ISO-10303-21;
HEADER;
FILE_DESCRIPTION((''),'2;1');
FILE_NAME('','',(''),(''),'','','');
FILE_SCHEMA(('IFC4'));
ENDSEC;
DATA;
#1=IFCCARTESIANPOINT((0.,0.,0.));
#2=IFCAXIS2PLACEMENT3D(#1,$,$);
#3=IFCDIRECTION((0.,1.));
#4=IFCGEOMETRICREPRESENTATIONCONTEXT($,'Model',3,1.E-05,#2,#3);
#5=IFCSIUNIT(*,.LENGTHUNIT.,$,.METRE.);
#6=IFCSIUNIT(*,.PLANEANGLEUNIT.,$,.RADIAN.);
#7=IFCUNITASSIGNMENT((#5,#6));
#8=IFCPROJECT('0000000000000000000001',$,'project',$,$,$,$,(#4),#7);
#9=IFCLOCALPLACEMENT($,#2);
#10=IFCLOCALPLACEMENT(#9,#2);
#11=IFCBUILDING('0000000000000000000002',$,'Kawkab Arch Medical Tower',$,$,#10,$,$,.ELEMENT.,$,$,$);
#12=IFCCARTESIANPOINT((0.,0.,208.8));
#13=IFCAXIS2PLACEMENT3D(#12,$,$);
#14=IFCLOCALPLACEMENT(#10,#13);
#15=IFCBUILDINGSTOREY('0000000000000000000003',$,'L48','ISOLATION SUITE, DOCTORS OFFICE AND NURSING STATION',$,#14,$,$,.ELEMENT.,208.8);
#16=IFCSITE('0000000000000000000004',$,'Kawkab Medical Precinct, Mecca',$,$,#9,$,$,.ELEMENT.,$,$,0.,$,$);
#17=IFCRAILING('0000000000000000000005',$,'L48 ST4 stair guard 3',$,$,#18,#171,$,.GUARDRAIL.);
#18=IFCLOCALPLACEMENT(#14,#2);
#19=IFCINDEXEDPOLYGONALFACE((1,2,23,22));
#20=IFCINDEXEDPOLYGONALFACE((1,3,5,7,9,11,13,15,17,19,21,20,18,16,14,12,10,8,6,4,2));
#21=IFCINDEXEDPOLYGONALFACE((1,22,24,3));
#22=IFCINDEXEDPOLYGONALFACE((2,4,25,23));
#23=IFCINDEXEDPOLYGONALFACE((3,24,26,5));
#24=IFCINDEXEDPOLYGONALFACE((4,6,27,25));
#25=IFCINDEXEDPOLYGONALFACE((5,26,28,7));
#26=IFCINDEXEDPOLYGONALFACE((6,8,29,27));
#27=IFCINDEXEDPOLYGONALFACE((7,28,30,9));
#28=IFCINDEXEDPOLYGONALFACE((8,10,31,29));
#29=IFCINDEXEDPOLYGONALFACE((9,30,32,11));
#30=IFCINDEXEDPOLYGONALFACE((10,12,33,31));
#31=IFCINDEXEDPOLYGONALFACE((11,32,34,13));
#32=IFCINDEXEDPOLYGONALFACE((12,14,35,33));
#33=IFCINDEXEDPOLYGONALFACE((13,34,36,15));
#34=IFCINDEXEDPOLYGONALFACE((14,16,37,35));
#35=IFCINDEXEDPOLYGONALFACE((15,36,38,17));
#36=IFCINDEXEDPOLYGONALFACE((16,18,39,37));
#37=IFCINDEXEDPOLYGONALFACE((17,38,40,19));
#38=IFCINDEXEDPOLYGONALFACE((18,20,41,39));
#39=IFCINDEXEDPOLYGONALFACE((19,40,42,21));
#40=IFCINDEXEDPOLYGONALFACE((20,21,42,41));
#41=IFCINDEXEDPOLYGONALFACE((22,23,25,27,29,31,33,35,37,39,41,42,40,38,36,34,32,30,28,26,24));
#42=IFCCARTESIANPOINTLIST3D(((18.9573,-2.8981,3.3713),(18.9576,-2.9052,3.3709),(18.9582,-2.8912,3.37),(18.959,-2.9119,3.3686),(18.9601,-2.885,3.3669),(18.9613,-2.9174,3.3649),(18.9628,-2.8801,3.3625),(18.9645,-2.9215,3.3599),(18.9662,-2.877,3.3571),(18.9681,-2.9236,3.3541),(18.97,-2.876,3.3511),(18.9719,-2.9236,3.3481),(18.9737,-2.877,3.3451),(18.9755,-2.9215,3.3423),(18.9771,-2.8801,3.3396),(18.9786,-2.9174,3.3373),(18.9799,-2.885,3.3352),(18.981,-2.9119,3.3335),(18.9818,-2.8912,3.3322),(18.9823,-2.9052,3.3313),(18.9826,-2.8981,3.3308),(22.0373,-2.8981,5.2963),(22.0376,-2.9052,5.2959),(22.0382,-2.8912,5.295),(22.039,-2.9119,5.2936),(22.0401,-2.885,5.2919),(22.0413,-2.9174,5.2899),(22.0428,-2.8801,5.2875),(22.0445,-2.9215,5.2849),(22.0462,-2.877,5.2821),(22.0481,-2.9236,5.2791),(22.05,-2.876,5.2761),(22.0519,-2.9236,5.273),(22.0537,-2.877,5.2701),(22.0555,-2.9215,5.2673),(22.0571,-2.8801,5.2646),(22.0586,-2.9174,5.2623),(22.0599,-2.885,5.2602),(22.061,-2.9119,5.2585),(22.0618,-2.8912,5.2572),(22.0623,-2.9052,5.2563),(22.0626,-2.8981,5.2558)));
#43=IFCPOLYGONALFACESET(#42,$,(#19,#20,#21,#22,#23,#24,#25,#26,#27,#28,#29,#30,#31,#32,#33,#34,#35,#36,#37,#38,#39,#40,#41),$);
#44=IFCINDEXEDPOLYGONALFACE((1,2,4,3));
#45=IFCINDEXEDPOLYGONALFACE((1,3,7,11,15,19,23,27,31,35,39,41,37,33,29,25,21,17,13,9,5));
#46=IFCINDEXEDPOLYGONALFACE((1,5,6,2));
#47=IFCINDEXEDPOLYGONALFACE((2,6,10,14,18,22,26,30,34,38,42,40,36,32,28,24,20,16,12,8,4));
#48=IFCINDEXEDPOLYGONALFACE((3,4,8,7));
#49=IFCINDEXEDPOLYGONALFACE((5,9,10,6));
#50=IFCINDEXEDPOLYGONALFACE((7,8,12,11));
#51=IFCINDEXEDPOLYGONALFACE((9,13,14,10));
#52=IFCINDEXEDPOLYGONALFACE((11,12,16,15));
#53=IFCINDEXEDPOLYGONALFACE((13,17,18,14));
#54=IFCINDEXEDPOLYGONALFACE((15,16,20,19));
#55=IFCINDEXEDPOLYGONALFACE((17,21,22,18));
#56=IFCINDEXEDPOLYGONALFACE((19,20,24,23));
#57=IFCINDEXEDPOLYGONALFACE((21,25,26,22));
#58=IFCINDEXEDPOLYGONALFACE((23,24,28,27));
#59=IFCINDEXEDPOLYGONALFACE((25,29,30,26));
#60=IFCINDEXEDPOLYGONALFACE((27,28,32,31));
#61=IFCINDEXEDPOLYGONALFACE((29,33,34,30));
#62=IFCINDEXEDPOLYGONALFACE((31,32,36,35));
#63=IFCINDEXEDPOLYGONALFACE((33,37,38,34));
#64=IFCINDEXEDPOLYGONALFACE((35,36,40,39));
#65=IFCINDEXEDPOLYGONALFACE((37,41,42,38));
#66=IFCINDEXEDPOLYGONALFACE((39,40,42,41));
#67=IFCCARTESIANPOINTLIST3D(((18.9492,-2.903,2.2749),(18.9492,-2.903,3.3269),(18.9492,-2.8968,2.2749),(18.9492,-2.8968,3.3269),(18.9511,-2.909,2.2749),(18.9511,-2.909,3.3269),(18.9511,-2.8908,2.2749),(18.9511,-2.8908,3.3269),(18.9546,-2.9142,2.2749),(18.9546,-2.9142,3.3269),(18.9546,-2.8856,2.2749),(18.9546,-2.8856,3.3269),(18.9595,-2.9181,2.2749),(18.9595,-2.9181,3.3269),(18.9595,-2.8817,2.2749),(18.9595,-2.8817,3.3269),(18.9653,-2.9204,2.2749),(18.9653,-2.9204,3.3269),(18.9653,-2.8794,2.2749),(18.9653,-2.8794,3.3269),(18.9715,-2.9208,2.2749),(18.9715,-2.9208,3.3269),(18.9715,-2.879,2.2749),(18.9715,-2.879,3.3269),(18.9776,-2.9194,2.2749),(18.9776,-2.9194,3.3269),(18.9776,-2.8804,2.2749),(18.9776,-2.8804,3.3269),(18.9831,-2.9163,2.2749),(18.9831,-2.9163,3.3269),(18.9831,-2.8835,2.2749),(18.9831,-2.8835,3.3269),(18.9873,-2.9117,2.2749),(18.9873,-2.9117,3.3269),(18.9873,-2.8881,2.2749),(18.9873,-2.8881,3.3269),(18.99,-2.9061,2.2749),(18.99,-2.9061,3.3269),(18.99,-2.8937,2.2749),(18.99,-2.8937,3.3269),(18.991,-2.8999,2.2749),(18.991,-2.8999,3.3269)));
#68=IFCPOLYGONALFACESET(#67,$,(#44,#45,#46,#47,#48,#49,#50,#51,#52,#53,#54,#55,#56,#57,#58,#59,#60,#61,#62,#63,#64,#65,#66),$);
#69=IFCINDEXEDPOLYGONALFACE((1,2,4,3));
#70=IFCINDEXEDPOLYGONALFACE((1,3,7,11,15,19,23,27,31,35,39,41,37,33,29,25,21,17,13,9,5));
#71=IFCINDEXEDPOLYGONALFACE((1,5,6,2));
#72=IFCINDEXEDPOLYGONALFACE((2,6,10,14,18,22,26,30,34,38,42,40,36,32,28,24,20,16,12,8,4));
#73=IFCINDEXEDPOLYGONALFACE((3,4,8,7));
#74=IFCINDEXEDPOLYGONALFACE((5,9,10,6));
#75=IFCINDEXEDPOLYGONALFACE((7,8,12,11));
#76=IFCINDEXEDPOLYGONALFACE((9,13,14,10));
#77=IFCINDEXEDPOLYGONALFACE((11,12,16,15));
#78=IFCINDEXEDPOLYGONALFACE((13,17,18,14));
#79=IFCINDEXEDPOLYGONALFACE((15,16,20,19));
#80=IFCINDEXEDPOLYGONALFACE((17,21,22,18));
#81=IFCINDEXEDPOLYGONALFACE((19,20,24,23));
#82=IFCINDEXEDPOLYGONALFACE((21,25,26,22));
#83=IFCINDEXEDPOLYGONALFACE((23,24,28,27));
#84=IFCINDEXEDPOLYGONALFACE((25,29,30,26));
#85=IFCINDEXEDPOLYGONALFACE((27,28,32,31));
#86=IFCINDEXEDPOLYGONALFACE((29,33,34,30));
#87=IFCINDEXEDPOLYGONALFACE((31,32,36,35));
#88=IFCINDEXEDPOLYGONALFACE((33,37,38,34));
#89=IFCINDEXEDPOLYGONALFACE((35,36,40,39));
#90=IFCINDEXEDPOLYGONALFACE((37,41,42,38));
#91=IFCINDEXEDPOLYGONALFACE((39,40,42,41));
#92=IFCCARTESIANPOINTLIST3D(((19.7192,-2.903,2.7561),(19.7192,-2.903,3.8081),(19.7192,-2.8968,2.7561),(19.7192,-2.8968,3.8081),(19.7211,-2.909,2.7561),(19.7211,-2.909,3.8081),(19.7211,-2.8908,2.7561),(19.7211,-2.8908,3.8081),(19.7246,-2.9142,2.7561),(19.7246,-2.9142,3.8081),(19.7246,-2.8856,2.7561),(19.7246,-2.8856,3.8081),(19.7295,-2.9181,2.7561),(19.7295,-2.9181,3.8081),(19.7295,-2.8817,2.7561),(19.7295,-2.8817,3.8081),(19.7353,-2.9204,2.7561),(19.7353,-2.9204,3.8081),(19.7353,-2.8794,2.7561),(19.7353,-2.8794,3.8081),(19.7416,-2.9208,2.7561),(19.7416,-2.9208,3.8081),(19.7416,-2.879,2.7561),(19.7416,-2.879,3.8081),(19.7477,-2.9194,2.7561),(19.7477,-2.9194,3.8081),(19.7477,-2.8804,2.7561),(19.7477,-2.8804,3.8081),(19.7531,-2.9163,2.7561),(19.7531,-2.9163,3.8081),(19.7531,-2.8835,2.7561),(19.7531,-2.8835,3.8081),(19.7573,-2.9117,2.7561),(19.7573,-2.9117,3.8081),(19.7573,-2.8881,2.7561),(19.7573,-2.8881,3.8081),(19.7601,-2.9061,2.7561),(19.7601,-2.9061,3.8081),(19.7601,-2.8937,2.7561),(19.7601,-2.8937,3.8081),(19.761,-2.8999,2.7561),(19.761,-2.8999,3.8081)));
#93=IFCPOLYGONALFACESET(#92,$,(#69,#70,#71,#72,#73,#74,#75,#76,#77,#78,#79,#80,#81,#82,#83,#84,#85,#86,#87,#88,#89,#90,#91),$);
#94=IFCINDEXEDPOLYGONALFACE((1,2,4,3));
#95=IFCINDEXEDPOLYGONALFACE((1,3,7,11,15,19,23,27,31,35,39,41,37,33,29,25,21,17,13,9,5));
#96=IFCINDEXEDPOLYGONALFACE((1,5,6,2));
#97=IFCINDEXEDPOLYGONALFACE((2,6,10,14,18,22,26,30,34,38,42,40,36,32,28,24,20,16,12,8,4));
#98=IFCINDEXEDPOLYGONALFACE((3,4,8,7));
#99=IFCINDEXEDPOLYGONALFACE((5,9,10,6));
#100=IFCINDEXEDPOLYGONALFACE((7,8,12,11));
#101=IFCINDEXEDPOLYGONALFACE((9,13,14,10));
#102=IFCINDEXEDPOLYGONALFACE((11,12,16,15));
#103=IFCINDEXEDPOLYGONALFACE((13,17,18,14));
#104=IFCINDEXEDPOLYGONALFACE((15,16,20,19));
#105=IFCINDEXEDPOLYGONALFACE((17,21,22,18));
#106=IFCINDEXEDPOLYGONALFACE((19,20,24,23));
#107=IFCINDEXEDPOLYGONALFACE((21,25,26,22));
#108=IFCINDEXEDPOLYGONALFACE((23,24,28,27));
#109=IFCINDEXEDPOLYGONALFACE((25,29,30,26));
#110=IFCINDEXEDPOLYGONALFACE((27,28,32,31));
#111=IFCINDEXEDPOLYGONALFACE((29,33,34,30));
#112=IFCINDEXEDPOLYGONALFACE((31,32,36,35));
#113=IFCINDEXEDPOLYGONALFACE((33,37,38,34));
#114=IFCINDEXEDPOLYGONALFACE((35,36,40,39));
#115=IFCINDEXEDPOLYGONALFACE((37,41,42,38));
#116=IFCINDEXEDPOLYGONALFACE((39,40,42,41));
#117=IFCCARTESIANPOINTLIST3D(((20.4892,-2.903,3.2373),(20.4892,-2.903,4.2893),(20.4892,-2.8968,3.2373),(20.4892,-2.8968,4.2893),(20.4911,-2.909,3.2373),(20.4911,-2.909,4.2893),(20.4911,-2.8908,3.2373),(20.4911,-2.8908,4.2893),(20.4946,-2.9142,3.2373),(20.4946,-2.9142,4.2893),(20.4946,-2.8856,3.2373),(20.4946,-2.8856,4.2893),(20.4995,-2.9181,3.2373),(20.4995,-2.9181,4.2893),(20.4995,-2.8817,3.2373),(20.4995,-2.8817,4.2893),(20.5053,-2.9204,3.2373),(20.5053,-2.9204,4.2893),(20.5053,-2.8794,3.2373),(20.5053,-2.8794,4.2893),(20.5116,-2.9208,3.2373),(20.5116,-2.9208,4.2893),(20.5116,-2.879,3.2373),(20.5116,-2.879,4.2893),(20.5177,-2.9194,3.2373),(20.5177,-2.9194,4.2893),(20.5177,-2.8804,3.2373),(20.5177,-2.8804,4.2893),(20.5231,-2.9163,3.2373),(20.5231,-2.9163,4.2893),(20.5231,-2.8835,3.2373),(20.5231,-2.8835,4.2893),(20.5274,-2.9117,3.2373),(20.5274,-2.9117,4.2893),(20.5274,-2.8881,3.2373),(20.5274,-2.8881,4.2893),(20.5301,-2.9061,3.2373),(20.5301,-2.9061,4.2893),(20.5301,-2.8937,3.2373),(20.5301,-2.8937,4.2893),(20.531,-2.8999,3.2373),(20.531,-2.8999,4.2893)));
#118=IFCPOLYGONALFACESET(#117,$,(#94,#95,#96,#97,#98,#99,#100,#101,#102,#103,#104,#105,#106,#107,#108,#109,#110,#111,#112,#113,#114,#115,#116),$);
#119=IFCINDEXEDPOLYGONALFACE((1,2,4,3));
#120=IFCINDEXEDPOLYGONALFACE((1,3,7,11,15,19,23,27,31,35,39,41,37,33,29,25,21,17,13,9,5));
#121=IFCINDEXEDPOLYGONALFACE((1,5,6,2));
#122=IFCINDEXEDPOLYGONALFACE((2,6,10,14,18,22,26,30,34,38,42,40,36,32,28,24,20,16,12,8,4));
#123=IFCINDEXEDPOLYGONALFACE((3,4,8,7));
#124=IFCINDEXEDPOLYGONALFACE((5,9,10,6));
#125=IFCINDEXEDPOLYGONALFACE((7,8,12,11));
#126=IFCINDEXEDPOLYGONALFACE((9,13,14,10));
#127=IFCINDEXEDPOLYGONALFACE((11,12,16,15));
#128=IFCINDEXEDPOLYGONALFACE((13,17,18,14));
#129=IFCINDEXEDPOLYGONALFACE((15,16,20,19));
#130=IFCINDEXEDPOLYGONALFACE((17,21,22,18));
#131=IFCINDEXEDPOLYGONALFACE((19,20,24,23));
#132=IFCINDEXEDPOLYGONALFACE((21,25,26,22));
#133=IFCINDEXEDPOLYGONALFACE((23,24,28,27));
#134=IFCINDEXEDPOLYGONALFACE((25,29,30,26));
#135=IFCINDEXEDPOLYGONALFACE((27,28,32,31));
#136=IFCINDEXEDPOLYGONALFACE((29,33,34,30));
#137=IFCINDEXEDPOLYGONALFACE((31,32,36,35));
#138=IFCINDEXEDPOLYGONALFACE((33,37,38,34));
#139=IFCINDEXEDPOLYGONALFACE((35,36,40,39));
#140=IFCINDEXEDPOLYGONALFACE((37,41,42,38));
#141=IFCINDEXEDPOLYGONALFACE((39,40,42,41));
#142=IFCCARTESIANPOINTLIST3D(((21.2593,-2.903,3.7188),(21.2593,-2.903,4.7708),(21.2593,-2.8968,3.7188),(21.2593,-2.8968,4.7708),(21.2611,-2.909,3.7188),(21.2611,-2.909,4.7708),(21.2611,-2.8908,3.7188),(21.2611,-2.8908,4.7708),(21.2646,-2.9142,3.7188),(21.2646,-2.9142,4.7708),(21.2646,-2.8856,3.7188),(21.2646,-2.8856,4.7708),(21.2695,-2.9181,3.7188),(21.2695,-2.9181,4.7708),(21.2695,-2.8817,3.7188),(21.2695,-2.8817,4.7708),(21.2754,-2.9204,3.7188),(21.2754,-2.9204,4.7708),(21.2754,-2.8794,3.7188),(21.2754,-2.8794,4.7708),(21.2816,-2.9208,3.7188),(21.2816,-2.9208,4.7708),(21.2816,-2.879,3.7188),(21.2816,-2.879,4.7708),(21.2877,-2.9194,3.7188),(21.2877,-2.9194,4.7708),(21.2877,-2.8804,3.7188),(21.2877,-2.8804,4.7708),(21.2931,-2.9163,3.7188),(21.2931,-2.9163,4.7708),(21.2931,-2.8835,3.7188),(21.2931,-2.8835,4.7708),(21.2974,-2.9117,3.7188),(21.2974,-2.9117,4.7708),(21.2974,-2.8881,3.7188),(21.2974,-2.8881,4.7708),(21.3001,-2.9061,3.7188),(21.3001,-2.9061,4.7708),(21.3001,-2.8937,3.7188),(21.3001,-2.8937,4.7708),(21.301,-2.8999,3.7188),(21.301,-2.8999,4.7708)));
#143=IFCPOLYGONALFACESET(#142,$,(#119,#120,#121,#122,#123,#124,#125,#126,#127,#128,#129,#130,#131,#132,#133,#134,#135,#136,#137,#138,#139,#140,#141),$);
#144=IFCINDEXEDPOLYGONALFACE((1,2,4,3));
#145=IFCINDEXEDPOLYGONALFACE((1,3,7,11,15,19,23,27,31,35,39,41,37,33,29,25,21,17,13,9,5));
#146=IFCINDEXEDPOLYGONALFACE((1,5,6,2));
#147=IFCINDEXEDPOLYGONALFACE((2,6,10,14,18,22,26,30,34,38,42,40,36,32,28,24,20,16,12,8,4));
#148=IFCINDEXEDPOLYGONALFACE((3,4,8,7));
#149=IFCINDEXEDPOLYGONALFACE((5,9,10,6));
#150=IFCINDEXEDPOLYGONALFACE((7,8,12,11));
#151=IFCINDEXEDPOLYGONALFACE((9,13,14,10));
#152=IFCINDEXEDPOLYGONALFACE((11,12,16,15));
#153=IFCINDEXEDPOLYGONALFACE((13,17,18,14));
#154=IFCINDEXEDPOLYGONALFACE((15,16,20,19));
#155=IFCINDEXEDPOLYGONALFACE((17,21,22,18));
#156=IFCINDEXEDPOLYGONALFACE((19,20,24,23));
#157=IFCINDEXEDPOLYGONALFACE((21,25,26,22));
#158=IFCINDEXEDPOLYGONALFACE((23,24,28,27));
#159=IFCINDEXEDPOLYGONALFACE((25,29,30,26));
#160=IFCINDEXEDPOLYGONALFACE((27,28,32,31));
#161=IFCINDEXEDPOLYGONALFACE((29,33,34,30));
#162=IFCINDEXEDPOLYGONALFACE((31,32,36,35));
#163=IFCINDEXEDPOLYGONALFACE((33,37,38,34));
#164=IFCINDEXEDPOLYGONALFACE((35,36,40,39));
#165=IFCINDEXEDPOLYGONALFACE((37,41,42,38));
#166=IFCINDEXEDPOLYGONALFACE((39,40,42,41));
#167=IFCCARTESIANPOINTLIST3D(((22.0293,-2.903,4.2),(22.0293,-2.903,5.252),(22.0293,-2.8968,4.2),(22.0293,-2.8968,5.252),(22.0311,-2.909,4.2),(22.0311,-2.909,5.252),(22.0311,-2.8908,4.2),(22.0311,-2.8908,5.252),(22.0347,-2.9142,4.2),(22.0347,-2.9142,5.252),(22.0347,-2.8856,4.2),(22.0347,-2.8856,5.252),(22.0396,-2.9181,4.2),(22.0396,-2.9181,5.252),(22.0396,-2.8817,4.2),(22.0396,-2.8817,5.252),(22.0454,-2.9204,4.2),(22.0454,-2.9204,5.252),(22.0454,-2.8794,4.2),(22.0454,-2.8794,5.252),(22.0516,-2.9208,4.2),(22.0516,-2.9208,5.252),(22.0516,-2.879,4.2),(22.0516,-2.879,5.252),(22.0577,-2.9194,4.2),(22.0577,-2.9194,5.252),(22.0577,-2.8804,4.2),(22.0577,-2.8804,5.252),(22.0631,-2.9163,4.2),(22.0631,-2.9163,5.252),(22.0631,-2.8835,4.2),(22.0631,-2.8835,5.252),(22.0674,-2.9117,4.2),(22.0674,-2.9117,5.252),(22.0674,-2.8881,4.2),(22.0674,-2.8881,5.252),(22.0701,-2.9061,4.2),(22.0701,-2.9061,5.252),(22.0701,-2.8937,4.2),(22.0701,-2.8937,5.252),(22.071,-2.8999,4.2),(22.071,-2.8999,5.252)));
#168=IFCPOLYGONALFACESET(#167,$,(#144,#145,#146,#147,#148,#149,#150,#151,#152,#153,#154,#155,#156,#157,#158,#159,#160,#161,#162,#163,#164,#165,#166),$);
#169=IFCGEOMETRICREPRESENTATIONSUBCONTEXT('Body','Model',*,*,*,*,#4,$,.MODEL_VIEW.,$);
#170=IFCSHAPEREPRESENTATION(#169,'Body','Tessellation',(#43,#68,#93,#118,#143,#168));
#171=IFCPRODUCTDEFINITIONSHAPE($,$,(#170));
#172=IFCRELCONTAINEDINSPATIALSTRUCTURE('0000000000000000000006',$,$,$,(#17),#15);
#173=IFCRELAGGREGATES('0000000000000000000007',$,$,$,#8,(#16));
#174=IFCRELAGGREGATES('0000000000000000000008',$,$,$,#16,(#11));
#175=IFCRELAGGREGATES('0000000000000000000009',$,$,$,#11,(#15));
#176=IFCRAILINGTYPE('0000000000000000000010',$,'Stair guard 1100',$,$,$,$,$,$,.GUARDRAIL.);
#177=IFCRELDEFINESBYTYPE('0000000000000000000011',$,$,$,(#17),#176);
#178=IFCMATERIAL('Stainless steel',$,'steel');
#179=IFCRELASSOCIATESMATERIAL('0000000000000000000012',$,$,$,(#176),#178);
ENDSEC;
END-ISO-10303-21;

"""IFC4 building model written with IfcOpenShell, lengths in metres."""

from ifc_helpers import new_model, si_unit, direction, frame, origin, origin_2d, place, context, subcontext, project, spatial, circle, extrude, material, type_object, element, save


model = new_model("IFC4")

# Units and contexts
model_context = context("Model", 3, precision=1e-05, world=origin(), true_north=direction((0.0, 1.0)))
body_context = subcontext(model_context, "Body", "Model", "MODEL_VIEW")
ifc_project = project(units=[si_unit("LENGTHUNIT", "METRE"), si_unit("PLANEANGLEUNIT", "RADIAN")], contexts=[model_context])

# Site, building, storey
site_placement = place(None, origin())
site = spatial("IfcSite", under=ifc_project, at=site_placement, Name="Kawkab Medical Precinct, Mecca", CompositionType="ELEMENT", RefElevation=0.0)
building_placement = place(site_placement, origin())
building = spatial("IfcBuilding", under=site, at=building_placement, Name="Kawkab Arch Medical Tower", CompositionType="ELEMENT")
storey_placement = place(building_placement, frame((0.0, 0.0, 208.8)))
storey = spatial("IfcBuildingStorey", under=building, at=storey_placement, Name="L48", Description="ISOLATION SUITE, DOCTORS OFFICE AND NURSING STATION", CompositionType="ELEMENT", Elevation=208.8)

# Railing
ifc_material_1 = material(Name="Stainless steel", Category="steel")
railing_type_1 = type_object("IfcRailingType", Name="Stair guard 1100", PredefinedType="GUARDRAIL", material=ifc_material_1)
railing_1_placement = place(storey_placement, frame((18.97, -2.8999, 2.2749)))
element("IfcRailing", 1, at=railing_1_placement, inside=storey, type_object=railing_type_1, Name="L48 ST4 stair guard 3", PredefinedType="GUARDRAIL", context=body_context, shape_type="SweptSolid", body=[
    extrude(circle(Radius=0.0239, at=origin_2d()), frame((0.0, 0.0, 1.0762), z_axis=(0.847998, 0.0, 0.529999), x_axis=(0.0, 1.0, 0.0)), (0.0, 0.0, 1.0), 3.6321),
    extrude(circle(Radius=0.021, at=origin_2d()), origin(), (0.0, 0.0, 1.0), 1.052),
    extrude(circle(Radius=0.021, at=origin_2d()), frame((0.77, 0.0, 0.4812)), (0.0, 0.0, 1.0), 1.052),
    extrude(circle(Radius=0.021, at=origin_2d()), frame((1.54, 0.0, 0.9624)), (0.0, 0.0, 1.0), 1.052),
    extrude(circle(Radius=0.021, at=origin_2d()), frame((2.3101, 0.0, 1.4438)), (0.0, 0.0, 1.0), 1.052),
    extrude(circle(Radius=0.021, at=origin_2d()), frame((3.0801, 0.0, 1.925)), (0.0, 0.0, 1.0), 1.052),
])

save(model, "model.ifc")
